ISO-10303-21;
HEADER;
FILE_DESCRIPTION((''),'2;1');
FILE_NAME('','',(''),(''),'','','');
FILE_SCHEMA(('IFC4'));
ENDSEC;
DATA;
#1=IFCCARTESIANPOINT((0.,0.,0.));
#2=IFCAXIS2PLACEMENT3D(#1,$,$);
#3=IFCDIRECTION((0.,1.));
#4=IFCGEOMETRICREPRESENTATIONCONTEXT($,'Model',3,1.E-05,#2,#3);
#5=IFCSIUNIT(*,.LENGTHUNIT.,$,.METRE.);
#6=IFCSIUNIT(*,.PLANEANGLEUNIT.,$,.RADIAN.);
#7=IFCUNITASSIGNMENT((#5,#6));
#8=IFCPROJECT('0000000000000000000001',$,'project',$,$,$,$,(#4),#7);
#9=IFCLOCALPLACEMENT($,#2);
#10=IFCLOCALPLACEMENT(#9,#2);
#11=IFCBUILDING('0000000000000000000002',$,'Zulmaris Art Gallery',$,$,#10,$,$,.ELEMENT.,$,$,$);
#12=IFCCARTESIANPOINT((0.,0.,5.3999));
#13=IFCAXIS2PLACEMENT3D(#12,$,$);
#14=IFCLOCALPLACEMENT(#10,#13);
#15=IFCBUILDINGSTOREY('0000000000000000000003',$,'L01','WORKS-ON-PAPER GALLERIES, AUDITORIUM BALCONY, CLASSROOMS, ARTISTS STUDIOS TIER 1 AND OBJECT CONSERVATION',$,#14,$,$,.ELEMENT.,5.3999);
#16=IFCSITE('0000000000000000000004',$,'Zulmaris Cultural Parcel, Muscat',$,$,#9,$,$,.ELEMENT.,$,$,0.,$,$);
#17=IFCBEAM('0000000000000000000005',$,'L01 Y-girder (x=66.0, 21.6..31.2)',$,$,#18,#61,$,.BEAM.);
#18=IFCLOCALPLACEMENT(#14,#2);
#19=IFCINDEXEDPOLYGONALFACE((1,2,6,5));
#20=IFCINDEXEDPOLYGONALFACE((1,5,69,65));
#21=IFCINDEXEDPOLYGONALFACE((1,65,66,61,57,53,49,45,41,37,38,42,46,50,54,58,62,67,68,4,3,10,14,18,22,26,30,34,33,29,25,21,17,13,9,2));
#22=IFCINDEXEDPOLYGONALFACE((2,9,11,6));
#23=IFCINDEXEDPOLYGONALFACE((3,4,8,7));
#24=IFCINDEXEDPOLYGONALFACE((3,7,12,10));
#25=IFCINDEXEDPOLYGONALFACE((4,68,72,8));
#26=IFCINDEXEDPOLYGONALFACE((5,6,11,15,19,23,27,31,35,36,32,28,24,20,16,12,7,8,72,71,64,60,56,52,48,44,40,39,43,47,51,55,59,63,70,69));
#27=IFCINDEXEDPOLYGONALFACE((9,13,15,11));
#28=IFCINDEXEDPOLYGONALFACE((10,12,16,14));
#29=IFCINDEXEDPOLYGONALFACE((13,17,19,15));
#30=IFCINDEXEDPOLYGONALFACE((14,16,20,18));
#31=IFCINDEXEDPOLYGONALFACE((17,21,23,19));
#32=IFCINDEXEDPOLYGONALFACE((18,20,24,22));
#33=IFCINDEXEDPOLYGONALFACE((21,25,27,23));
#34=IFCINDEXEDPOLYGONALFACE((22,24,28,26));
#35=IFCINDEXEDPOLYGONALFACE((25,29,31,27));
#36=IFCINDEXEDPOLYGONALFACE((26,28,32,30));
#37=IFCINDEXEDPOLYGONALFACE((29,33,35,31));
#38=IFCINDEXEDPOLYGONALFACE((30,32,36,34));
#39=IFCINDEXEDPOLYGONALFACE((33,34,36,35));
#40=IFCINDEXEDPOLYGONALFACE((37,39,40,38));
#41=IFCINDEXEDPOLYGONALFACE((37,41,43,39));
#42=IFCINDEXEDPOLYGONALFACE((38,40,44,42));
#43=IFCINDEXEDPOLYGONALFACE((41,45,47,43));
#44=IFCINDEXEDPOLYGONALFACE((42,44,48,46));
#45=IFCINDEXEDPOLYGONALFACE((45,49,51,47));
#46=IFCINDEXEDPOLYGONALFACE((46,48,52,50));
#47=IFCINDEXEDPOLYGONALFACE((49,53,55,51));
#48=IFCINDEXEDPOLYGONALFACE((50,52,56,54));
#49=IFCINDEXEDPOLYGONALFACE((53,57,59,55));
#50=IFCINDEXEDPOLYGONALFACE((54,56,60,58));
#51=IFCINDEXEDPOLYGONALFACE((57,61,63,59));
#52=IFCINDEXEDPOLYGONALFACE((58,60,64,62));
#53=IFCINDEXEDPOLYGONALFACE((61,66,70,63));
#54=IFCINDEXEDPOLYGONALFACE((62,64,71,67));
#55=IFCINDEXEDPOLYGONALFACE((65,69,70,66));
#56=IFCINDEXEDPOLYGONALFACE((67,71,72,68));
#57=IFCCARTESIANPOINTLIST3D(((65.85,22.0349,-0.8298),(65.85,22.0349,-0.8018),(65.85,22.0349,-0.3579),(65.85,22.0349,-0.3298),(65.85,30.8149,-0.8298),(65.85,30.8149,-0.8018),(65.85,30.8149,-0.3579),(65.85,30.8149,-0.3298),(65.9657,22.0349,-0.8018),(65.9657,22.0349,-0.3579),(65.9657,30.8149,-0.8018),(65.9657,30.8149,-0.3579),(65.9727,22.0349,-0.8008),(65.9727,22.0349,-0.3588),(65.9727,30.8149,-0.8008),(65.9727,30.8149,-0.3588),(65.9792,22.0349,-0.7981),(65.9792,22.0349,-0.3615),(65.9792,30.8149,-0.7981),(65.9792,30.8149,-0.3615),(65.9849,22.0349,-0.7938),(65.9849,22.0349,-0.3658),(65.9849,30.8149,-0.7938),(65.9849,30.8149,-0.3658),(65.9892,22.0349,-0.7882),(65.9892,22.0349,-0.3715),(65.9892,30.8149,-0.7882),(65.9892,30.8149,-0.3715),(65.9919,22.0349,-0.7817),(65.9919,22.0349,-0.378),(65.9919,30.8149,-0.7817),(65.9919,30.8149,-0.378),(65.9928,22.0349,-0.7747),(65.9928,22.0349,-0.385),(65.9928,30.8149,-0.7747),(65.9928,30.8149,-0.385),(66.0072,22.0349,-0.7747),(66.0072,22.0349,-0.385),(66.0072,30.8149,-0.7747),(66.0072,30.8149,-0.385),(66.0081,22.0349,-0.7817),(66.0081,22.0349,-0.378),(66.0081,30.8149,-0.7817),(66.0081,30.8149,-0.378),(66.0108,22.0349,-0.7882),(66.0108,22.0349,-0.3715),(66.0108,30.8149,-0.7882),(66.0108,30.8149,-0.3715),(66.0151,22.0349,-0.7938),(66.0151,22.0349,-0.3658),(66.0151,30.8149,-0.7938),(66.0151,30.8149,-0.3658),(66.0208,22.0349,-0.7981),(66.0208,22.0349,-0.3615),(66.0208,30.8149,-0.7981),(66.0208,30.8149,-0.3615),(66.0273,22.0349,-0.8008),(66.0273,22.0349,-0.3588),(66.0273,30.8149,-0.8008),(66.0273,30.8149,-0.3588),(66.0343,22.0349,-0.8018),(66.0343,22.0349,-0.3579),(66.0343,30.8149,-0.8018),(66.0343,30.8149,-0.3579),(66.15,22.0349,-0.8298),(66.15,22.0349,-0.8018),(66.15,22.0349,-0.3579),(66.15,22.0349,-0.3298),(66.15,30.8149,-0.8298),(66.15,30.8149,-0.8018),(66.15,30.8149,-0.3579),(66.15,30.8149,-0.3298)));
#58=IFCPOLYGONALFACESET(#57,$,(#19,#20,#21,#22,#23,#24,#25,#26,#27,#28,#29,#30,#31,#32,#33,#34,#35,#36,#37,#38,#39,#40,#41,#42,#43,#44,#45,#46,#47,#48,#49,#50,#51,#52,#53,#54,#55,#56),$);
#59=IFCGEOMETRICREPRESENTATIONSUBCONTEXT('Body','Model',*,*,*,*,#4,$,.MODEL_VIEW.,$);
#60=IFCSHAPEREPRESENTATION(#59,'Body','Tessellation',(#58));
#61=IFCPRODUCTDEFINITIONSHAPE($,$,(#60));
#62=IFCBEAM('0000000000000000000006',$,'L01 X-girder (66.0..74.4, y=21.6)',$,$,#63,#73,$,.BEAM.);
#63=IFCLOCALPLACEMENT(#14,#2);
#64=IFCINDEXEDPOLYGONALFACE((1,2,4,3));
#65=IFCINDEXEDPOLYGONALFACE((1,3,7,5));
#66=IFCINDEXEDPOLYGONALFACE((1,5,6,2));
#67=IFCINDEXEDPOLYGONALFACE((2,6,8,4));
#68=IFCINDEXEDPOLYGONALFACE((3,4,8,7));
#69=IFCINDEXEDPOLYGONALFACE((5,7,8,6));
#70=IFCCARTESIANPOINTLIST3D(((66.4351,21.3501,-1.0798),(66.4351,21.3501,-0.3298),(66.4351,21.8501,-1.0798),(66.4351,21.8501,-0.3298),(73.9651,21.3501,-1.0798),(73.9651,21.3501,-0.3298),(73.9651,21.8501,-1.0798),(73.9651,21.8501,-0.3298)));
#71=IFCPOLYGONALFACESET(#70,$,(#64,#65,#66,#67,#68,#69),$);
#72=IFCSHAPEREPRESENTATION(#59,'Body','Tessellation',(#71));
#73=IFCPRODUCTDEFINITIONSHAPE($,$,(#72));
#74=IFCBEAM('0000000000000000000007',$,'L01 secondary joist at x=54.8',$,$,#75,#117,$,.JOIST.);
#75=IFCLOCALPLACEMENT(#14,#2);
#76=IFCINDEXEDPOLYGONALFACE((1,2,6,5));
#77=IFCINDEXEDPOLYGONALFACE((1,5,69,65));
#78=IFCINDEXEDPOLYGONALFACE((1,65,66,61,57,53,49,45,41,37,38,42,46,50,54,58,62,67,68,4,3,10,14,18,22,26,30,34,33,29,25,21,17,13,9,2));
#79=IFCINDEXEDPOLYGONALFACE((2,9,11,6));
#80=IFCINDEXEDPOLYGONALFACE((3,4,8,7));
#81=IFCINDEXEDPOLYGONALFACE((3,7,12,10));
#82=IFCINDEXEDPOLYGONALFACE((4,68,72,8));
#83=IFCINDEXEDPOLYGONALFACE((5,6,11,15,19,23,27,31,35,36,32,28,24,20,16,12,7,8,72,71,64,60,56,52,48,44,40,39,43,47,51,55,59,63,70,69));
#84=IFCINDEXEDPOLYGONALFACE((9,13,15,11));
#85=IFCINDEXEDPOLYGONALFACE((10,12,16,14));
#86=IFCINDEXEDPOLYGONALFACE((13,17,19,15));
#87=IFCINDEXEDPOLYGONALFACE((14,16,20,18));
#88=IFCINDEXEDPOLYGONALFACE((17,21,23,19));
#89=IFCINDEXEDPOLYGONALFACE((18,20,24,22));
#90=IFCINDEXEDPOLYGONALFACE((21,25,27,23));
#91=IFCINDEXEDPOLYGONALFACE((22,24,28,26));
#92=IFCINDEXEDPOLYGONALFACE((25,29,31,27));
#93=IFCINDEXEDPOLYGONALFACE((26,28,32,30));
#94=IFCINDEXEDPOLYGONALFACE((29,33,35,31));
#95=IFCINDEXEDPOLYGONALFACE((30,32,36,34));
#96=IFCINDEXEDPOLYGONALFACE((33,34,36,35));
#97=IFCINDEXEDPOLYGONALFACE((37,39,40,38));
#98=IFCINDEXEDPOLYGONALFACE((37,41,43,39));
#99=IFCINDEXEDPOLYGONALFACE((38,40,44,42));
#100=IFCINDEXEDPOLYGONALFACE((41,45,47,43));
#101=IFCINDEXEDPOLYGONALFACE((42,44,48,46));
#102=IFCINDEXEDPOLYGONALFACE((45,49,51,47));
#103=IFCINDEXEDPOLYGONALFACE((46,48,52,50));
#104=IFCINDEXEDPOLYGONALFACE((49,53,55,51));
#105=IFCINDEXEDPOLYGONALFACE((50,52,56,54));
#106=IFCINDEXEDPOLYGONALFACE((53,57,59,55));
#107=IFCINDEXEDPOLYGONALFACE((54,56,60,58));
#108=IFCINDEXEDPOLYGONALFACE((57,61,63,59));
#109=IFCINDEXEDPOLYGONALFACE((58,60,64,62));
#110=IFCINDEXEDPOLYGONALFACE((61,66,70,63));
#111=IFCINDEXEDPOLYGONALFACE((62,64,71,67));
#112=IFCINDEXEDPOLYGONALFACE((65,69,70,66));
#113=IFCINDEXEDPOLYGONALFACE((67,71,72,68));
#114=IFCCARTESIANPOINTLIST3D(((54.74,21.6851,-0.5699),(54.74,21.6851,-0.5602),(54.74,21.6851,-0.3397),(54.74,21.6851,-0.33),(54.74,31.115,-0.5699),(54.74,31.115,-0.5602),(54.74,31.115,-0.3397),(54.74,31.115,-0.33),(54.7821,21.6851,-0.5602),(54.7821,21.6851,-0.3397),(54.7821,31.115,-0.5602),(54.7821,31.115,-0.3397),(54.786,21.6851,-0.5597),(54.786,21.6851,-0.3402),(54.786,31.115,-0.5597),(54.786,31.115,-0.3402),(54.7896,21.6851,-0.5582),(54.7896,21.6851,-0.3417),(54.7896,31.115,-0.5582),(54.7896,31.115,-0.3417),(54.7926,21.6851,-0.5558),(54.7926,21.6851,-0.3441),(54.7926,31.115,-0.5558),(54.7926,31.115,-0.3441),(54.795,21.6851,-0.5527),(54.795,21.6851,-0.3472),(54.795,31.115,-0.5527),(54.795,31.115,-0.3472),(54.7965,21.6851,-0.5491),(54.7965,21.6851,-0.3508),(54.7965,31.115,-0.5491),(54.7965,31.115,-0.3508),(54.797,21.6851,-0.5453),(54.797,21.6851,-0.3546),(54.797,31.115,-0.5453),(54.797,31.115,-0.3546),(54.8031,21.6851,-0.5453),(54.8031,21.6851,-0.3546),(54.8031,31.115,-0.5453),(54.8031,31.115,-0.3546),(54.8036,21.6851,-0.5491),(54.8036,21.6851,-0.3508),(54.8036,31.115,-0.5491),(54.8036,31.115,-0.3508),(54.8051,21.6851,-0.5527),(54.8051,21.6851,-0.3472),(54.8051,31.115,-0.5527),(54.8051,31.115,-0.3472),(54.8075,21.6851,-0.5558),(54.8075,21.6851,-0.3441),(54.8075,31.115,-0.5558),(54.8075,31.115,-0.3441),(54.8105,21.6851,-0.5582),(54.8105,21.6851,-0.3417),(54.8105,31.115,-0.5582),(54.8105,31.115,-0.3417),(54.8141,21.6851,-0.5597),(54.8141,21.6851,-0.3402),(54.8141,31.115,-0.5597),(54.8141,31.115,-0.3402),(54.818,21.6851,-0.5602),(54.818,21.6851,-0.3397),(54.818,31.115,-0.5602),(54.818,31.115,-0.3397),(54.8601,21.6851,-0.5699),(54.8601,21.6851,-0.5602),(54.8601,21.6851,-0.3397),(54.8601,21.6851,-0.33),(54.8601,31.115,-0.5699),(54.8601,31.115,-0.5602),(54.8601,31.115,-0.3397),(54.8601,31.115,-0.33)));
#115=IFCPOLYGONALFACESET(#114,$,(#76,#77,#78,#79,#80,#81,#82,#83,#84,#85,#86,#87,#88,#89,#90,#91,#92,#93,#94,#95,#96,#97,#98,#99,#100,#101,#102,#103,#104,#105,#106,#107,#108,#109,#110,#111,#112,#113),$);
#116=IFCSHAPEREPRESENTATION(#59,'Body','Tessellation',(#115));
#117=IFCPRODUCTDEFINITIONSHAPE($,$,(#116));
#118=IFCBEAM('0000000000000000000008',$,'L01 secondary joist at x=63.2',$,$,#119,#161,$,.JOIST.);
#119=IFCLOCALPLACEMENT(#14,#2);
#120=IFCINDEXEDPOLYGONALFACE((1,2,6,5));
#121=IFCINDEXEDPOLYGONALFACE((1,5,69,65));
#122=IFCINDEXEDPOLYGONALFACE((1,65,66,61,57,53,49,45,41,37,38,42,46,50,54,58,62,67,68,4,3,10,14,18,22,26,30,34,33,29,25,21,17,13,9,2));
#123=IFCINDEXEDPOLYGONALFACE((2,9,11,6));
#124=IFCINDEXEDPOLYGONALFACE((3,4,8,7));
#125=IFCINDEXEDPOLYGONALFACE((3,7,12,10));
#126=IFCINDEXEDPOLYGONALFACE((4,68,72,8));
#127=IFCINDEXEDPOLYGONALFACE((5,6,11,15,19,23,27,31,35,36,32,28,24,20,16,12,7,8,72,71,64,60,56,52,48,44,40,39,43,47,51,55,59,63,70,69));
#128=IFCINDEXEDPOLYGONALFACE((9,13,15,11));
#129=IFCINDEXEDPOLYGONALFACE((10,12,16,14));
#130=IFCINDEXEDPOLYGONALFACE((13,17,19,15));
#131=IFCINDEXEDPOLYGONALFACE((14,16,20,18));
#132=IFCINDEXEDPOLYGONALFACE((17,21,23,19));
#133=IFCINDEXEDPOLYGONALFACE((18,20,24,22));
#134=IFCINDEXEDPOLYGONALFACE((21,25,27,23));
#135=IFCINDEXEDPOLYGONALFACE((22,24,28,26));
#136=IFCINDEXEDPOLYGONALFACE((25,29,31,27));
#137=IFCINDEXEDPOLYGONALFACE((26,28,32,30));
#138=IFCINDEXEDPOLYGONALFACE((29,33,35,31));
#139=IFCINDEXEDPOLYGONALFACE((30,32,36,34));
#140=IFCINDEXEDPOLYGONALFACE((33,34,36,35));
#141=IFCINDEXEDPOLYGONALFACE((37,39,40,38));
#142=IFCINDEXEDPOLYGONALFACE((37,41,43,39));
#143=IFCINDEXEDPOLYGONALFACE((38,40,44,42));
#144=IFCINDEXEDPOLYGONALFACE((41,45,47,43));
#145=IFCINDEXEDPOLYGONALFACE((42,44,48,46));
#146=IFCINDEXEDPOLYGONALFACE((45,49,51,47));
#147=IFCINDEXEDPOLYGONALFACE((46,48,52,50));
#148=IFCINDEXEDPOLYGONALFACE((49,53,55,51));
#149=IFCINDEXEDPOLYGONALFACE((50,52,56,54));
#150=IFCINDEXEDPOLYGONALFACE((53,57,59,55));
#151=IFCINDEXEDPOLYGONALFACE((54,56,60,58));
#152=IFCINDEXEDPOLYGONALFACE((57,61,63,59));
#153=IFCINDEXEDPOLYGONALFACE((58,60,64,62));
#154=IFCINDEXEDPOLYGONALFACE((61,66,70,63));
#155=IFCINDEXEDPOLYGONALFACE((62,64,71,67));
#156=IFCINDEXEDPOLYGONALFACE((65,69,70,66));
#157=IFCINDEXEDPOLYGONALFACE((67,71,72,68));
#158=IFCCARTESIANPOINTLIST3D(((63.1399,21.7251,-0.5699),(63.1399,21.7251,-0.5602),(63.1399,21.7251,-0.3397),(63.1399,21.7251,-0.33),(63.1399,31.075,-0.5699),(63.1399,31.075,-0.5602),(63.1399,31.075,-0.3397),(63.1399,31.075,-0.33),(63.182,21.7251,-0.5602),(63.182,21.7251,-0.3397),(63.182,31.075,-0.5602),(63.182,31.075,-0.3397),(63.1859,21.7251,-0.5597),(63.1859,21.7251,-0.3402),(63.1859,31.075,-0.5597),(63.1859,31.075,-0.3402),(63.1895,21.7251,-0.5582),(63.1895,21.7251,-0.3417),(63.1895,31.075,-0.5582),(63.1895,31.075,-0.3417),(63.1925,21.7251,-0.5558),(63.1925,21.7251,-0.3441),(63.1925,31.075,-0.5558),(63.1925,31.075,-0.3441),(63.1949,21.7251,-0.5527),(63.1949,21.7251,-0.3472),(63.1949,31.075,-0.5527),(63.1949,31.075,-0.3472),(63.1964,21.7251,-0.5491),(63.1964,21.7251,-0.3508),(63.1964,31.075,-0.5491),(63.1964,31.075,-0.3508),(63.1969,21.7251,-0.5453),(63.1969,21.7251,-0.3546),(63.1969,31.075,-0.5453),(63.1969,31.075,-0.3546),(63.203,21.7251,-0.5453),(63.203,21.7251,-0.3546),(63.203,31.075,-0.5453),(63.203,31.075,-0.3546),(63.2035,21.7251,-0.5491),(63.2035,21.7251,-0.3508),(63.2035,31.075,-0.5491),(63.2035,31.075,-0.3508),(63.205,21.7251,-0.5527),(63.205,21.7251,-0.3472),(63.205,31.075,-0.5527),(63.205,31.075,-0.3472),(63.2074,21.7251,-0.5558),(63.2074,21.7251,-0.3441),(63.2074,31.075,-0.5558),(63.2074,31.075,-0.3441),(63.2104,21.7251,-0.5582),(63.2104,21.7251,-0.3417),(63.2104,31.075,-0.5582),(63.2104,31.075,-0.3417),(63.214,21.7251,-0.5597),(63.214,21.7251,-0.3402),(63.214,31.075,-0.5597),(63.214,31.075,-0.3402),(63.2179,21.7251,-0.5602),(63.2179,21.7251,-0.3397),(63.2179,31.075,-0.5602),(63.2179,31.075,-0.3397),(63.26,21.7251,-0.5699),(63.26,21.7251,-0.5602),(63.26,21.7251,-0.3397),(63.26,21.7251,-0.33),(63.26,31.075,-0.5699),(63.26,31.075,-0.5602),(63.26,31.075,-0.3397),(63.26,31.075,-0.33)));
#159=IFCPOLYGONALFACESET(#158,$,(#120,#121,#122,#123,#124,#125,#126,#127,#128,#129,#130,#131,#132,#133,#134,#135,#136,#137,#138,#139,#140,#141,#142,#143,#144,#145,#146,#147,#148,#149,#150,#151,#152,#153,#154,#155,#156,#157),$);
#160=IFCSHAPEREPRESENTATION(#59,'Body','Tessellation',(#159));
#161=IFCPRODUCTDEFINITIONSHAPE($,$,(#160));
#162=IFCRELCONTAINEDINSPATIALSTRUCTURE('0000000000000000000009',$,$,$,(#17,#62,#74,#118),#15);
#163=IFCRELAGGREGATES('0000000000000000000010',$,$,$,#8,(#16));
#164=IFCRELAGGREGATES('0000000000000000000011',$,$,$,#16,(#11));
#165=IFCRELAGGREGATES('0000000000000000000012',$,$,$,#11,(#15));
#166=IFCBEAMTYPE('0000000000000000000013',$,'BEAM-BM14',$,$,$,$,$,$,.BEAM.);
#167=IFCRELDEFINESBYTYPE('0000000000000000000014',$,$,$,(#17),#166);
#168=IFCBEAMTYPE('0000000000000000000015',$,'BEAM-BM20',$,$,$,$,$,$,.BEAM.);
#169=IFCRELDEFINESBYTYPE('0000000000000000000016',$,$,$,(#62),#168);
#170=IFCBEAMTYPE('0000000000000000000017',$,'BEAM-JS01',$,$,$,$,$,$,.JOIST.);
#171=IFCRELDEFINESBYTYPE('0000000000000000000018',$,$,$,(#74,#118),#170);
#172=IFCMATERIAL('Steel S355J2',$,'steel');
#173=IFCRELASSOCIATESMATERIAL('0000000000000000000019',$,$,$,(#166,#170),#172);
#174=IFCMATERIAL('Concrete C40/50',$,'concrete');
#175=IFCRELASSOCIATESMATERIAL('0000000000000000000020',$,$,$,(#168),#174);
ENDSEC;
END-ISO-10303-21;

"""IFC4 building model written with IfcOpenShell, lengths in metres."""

from ifc_helpers import new_model, si_unit, direction, frame, origin, origin_2d, place, context, subcontext, project, spatial, rectangle, i_section, extrude, material, material_profile, profile_set, type_object, element, save


model = new_model("IFC4")

# Units and contexts
model_context = context("Model", 3, precision=1e-05, world=origin(), true_north=direction((0.0, 1.0)))
body_context = subcontext(model_context, "Body", "Model", "MODEL_VIEW")
ifc_project = project(units=[si_unit("LENGTHUNIT", "METRE"), si_unit("PLANEANGLEUNIT", "RADIAN")], contexts=[model_context])

# Site, building, storey
site_placement = place(None, origin())
site = spatial("IfcSite", under=ifc_project, at=site_placement, Name="Zulmaris Cultural Parcel, Muscat", CompositionType="ELEMENT", RefElevation=0.0)
building_placement = place(site_placement, origin())
building = spatial("IfcBuilding", under=site, at=building_placement, Name="Zulmaris Art Gallery", CompositionType="ELEMENT")
storey_placement = place(building_placement, frame((0.0, 0.0, 5.3999)))
storey = spatial("IfcBuildingStorey", under=building, at=storey_placement, Name="L01", Description="WORKS-ON-PAPER GALLERIES, AUDITORIUM BALCONY, CLASSROOMS, ARTISTS STUDIOS TIER 1 AND OBJECT CONSERVATION", CompositionType="ELEMENT", Elevation=5.3999)

# Shared definitions
ifc_material_1 = material(Name="Concrete C40/50", Category="concrete")

# Beams
ifc_material_2 = material(Name="Steel S355J2", Category="steel")
ifc_material_profile_1 = material_profile(ifc_material_2, i_section(OverallWidth=0.3, OverallDepth=0.5, WebThickness=0.0144, FlangeThickness=0.0281, FilletRadius=0.0271, at=origin_2d()), Name="HEB 500")
ifc_profile_set_1 = profile_set([ifc_material_profile_1], Name="Steel S355J2")
beam_type_1 = type_object("IfcBeamType", Name="BEAM-BM14", PredefinedType="BEAM", material=ifc_profile_set_1)
beam_1_placement = place(storey_placement, frame((66.0, 22.0349, -0.5798), z_axis=(0.0, 1.0, 0.0), x_axis=(-1.0, 0.0, 0.0)))
element("IfcBeam", 1, at=beam_1_placement, inside=storey, type_object=beam_type_1, Name="L01 Y-girder (x=66.0, 21.6..31.2)", PredefinedType="BEAM", context=body_context, shape_type="SweptSolid", body=[
    extrude(i_section(OverallWidth=0.3, OverallDepth=0.5, WebThickness=0.0144, FlangeThickness=0.0281, FilletRadius=0.0271, at=origin_2d()), origin(), (0.0, 0.0, 1.0), 8.78),
])
ifc_material_profile_2 = material_profile(ifc_material_1, rectangle(XDim=0.5, YDim=0.75, at=origin_2d()), Name="RC 500x750")
ifc_profile_set_2 = profile_set([ifc_material_profile_2], Name="Concrete C40/50")
beam_type_2 = type_object("IfcBeamType", Name="BEAM-BM20", PredefinedType="BEAM", material=ifc_profile_set_2)
beam_2_placement = place(storey_placement, frame((66.4351, 21.6001, -0.7048), z_axis=(1.0, 0.0, 0.0), x_axis=(0.0, 1.0, 0.0)))
element("IfcBeam", 2, at=beam_2_placement, inside=storey, type_object=beam_type_2, Name="L01 X-girder (66.0..74.4, y=21.6)", PredefinedType="BEAM", context=body_context, shape_type="SweptSolid", body=[
    extrude(rectangle(XDim=0.5, YDim=0.75, at=origin_2d()), origin(), (0.0, 0.0, 1.0), 7.53),
])
ifc_material_profile_3 = material_profile(ifc_material_2, i_section(OverallWidth=0.1201, OverallDepth=0.24, WebThickness=0.0061, FlangeThickness=0.0098, FilletRadius=0.0149, at=origin_2d()), Name="IPE 240")
ifc_profile_set_3 = profile_set([ifc_material_profile_3], Name="Steel S355J2")
beam_type_3 = type_object("IfcBeamType", Name="BEAM-JS01", PredefinedType="JOIST", material=ifc_profile_set_3)
beam_3_placement = place(storey_placement, frame((54.8, 21.6851, -0.45), z_axis=(0.0, 1.0, 0.0), x_axis=(-1.0, 0.0, 0.0)))
element("IfcBeam", 3, at=beam_3_placement, inside=storey, type_object=beam_type_3, Name="L01 secondary joist at x=54.8", PredefinedType="JOIST", context=body_context, shape_type="SweptSolid", body=[
    extrude(i_section(OverallWidth=0.1201, OverallDepth=0.24, WebThickness=0.0061, FlangeThickness=0.0098, FilletRadius=0.0149, at=origin_2d()), origin(), (0.0, 0.0, 1.0), 9.4299),
])
beam_4_placement = place(storey_placement, frame((63.2, 21.7251, -0.45), z_axis=(0.0, 1.0, 0.0), x_axis=(-1.0, 0.0, 0.0)))
element("IfcBeam", 4, at=beam_4_placement, inside=storey, type_object=beam_type_3, Name="L01 secondary joist at x=63.2", PredefinedType="JOIST", context=body_context, shape_type="SweptSolid", body=[
    extrude(i_section(OverallWidth=0.1201, OverallDepth=0.24, WebThickness=0.0061, FlangeThickness=0.0098, FilletRadius=0.0149, at=origin_2d()), origin(), (0.0, 0.0, 1.0), 9.3499),
])

save(model, "model.ifc")
